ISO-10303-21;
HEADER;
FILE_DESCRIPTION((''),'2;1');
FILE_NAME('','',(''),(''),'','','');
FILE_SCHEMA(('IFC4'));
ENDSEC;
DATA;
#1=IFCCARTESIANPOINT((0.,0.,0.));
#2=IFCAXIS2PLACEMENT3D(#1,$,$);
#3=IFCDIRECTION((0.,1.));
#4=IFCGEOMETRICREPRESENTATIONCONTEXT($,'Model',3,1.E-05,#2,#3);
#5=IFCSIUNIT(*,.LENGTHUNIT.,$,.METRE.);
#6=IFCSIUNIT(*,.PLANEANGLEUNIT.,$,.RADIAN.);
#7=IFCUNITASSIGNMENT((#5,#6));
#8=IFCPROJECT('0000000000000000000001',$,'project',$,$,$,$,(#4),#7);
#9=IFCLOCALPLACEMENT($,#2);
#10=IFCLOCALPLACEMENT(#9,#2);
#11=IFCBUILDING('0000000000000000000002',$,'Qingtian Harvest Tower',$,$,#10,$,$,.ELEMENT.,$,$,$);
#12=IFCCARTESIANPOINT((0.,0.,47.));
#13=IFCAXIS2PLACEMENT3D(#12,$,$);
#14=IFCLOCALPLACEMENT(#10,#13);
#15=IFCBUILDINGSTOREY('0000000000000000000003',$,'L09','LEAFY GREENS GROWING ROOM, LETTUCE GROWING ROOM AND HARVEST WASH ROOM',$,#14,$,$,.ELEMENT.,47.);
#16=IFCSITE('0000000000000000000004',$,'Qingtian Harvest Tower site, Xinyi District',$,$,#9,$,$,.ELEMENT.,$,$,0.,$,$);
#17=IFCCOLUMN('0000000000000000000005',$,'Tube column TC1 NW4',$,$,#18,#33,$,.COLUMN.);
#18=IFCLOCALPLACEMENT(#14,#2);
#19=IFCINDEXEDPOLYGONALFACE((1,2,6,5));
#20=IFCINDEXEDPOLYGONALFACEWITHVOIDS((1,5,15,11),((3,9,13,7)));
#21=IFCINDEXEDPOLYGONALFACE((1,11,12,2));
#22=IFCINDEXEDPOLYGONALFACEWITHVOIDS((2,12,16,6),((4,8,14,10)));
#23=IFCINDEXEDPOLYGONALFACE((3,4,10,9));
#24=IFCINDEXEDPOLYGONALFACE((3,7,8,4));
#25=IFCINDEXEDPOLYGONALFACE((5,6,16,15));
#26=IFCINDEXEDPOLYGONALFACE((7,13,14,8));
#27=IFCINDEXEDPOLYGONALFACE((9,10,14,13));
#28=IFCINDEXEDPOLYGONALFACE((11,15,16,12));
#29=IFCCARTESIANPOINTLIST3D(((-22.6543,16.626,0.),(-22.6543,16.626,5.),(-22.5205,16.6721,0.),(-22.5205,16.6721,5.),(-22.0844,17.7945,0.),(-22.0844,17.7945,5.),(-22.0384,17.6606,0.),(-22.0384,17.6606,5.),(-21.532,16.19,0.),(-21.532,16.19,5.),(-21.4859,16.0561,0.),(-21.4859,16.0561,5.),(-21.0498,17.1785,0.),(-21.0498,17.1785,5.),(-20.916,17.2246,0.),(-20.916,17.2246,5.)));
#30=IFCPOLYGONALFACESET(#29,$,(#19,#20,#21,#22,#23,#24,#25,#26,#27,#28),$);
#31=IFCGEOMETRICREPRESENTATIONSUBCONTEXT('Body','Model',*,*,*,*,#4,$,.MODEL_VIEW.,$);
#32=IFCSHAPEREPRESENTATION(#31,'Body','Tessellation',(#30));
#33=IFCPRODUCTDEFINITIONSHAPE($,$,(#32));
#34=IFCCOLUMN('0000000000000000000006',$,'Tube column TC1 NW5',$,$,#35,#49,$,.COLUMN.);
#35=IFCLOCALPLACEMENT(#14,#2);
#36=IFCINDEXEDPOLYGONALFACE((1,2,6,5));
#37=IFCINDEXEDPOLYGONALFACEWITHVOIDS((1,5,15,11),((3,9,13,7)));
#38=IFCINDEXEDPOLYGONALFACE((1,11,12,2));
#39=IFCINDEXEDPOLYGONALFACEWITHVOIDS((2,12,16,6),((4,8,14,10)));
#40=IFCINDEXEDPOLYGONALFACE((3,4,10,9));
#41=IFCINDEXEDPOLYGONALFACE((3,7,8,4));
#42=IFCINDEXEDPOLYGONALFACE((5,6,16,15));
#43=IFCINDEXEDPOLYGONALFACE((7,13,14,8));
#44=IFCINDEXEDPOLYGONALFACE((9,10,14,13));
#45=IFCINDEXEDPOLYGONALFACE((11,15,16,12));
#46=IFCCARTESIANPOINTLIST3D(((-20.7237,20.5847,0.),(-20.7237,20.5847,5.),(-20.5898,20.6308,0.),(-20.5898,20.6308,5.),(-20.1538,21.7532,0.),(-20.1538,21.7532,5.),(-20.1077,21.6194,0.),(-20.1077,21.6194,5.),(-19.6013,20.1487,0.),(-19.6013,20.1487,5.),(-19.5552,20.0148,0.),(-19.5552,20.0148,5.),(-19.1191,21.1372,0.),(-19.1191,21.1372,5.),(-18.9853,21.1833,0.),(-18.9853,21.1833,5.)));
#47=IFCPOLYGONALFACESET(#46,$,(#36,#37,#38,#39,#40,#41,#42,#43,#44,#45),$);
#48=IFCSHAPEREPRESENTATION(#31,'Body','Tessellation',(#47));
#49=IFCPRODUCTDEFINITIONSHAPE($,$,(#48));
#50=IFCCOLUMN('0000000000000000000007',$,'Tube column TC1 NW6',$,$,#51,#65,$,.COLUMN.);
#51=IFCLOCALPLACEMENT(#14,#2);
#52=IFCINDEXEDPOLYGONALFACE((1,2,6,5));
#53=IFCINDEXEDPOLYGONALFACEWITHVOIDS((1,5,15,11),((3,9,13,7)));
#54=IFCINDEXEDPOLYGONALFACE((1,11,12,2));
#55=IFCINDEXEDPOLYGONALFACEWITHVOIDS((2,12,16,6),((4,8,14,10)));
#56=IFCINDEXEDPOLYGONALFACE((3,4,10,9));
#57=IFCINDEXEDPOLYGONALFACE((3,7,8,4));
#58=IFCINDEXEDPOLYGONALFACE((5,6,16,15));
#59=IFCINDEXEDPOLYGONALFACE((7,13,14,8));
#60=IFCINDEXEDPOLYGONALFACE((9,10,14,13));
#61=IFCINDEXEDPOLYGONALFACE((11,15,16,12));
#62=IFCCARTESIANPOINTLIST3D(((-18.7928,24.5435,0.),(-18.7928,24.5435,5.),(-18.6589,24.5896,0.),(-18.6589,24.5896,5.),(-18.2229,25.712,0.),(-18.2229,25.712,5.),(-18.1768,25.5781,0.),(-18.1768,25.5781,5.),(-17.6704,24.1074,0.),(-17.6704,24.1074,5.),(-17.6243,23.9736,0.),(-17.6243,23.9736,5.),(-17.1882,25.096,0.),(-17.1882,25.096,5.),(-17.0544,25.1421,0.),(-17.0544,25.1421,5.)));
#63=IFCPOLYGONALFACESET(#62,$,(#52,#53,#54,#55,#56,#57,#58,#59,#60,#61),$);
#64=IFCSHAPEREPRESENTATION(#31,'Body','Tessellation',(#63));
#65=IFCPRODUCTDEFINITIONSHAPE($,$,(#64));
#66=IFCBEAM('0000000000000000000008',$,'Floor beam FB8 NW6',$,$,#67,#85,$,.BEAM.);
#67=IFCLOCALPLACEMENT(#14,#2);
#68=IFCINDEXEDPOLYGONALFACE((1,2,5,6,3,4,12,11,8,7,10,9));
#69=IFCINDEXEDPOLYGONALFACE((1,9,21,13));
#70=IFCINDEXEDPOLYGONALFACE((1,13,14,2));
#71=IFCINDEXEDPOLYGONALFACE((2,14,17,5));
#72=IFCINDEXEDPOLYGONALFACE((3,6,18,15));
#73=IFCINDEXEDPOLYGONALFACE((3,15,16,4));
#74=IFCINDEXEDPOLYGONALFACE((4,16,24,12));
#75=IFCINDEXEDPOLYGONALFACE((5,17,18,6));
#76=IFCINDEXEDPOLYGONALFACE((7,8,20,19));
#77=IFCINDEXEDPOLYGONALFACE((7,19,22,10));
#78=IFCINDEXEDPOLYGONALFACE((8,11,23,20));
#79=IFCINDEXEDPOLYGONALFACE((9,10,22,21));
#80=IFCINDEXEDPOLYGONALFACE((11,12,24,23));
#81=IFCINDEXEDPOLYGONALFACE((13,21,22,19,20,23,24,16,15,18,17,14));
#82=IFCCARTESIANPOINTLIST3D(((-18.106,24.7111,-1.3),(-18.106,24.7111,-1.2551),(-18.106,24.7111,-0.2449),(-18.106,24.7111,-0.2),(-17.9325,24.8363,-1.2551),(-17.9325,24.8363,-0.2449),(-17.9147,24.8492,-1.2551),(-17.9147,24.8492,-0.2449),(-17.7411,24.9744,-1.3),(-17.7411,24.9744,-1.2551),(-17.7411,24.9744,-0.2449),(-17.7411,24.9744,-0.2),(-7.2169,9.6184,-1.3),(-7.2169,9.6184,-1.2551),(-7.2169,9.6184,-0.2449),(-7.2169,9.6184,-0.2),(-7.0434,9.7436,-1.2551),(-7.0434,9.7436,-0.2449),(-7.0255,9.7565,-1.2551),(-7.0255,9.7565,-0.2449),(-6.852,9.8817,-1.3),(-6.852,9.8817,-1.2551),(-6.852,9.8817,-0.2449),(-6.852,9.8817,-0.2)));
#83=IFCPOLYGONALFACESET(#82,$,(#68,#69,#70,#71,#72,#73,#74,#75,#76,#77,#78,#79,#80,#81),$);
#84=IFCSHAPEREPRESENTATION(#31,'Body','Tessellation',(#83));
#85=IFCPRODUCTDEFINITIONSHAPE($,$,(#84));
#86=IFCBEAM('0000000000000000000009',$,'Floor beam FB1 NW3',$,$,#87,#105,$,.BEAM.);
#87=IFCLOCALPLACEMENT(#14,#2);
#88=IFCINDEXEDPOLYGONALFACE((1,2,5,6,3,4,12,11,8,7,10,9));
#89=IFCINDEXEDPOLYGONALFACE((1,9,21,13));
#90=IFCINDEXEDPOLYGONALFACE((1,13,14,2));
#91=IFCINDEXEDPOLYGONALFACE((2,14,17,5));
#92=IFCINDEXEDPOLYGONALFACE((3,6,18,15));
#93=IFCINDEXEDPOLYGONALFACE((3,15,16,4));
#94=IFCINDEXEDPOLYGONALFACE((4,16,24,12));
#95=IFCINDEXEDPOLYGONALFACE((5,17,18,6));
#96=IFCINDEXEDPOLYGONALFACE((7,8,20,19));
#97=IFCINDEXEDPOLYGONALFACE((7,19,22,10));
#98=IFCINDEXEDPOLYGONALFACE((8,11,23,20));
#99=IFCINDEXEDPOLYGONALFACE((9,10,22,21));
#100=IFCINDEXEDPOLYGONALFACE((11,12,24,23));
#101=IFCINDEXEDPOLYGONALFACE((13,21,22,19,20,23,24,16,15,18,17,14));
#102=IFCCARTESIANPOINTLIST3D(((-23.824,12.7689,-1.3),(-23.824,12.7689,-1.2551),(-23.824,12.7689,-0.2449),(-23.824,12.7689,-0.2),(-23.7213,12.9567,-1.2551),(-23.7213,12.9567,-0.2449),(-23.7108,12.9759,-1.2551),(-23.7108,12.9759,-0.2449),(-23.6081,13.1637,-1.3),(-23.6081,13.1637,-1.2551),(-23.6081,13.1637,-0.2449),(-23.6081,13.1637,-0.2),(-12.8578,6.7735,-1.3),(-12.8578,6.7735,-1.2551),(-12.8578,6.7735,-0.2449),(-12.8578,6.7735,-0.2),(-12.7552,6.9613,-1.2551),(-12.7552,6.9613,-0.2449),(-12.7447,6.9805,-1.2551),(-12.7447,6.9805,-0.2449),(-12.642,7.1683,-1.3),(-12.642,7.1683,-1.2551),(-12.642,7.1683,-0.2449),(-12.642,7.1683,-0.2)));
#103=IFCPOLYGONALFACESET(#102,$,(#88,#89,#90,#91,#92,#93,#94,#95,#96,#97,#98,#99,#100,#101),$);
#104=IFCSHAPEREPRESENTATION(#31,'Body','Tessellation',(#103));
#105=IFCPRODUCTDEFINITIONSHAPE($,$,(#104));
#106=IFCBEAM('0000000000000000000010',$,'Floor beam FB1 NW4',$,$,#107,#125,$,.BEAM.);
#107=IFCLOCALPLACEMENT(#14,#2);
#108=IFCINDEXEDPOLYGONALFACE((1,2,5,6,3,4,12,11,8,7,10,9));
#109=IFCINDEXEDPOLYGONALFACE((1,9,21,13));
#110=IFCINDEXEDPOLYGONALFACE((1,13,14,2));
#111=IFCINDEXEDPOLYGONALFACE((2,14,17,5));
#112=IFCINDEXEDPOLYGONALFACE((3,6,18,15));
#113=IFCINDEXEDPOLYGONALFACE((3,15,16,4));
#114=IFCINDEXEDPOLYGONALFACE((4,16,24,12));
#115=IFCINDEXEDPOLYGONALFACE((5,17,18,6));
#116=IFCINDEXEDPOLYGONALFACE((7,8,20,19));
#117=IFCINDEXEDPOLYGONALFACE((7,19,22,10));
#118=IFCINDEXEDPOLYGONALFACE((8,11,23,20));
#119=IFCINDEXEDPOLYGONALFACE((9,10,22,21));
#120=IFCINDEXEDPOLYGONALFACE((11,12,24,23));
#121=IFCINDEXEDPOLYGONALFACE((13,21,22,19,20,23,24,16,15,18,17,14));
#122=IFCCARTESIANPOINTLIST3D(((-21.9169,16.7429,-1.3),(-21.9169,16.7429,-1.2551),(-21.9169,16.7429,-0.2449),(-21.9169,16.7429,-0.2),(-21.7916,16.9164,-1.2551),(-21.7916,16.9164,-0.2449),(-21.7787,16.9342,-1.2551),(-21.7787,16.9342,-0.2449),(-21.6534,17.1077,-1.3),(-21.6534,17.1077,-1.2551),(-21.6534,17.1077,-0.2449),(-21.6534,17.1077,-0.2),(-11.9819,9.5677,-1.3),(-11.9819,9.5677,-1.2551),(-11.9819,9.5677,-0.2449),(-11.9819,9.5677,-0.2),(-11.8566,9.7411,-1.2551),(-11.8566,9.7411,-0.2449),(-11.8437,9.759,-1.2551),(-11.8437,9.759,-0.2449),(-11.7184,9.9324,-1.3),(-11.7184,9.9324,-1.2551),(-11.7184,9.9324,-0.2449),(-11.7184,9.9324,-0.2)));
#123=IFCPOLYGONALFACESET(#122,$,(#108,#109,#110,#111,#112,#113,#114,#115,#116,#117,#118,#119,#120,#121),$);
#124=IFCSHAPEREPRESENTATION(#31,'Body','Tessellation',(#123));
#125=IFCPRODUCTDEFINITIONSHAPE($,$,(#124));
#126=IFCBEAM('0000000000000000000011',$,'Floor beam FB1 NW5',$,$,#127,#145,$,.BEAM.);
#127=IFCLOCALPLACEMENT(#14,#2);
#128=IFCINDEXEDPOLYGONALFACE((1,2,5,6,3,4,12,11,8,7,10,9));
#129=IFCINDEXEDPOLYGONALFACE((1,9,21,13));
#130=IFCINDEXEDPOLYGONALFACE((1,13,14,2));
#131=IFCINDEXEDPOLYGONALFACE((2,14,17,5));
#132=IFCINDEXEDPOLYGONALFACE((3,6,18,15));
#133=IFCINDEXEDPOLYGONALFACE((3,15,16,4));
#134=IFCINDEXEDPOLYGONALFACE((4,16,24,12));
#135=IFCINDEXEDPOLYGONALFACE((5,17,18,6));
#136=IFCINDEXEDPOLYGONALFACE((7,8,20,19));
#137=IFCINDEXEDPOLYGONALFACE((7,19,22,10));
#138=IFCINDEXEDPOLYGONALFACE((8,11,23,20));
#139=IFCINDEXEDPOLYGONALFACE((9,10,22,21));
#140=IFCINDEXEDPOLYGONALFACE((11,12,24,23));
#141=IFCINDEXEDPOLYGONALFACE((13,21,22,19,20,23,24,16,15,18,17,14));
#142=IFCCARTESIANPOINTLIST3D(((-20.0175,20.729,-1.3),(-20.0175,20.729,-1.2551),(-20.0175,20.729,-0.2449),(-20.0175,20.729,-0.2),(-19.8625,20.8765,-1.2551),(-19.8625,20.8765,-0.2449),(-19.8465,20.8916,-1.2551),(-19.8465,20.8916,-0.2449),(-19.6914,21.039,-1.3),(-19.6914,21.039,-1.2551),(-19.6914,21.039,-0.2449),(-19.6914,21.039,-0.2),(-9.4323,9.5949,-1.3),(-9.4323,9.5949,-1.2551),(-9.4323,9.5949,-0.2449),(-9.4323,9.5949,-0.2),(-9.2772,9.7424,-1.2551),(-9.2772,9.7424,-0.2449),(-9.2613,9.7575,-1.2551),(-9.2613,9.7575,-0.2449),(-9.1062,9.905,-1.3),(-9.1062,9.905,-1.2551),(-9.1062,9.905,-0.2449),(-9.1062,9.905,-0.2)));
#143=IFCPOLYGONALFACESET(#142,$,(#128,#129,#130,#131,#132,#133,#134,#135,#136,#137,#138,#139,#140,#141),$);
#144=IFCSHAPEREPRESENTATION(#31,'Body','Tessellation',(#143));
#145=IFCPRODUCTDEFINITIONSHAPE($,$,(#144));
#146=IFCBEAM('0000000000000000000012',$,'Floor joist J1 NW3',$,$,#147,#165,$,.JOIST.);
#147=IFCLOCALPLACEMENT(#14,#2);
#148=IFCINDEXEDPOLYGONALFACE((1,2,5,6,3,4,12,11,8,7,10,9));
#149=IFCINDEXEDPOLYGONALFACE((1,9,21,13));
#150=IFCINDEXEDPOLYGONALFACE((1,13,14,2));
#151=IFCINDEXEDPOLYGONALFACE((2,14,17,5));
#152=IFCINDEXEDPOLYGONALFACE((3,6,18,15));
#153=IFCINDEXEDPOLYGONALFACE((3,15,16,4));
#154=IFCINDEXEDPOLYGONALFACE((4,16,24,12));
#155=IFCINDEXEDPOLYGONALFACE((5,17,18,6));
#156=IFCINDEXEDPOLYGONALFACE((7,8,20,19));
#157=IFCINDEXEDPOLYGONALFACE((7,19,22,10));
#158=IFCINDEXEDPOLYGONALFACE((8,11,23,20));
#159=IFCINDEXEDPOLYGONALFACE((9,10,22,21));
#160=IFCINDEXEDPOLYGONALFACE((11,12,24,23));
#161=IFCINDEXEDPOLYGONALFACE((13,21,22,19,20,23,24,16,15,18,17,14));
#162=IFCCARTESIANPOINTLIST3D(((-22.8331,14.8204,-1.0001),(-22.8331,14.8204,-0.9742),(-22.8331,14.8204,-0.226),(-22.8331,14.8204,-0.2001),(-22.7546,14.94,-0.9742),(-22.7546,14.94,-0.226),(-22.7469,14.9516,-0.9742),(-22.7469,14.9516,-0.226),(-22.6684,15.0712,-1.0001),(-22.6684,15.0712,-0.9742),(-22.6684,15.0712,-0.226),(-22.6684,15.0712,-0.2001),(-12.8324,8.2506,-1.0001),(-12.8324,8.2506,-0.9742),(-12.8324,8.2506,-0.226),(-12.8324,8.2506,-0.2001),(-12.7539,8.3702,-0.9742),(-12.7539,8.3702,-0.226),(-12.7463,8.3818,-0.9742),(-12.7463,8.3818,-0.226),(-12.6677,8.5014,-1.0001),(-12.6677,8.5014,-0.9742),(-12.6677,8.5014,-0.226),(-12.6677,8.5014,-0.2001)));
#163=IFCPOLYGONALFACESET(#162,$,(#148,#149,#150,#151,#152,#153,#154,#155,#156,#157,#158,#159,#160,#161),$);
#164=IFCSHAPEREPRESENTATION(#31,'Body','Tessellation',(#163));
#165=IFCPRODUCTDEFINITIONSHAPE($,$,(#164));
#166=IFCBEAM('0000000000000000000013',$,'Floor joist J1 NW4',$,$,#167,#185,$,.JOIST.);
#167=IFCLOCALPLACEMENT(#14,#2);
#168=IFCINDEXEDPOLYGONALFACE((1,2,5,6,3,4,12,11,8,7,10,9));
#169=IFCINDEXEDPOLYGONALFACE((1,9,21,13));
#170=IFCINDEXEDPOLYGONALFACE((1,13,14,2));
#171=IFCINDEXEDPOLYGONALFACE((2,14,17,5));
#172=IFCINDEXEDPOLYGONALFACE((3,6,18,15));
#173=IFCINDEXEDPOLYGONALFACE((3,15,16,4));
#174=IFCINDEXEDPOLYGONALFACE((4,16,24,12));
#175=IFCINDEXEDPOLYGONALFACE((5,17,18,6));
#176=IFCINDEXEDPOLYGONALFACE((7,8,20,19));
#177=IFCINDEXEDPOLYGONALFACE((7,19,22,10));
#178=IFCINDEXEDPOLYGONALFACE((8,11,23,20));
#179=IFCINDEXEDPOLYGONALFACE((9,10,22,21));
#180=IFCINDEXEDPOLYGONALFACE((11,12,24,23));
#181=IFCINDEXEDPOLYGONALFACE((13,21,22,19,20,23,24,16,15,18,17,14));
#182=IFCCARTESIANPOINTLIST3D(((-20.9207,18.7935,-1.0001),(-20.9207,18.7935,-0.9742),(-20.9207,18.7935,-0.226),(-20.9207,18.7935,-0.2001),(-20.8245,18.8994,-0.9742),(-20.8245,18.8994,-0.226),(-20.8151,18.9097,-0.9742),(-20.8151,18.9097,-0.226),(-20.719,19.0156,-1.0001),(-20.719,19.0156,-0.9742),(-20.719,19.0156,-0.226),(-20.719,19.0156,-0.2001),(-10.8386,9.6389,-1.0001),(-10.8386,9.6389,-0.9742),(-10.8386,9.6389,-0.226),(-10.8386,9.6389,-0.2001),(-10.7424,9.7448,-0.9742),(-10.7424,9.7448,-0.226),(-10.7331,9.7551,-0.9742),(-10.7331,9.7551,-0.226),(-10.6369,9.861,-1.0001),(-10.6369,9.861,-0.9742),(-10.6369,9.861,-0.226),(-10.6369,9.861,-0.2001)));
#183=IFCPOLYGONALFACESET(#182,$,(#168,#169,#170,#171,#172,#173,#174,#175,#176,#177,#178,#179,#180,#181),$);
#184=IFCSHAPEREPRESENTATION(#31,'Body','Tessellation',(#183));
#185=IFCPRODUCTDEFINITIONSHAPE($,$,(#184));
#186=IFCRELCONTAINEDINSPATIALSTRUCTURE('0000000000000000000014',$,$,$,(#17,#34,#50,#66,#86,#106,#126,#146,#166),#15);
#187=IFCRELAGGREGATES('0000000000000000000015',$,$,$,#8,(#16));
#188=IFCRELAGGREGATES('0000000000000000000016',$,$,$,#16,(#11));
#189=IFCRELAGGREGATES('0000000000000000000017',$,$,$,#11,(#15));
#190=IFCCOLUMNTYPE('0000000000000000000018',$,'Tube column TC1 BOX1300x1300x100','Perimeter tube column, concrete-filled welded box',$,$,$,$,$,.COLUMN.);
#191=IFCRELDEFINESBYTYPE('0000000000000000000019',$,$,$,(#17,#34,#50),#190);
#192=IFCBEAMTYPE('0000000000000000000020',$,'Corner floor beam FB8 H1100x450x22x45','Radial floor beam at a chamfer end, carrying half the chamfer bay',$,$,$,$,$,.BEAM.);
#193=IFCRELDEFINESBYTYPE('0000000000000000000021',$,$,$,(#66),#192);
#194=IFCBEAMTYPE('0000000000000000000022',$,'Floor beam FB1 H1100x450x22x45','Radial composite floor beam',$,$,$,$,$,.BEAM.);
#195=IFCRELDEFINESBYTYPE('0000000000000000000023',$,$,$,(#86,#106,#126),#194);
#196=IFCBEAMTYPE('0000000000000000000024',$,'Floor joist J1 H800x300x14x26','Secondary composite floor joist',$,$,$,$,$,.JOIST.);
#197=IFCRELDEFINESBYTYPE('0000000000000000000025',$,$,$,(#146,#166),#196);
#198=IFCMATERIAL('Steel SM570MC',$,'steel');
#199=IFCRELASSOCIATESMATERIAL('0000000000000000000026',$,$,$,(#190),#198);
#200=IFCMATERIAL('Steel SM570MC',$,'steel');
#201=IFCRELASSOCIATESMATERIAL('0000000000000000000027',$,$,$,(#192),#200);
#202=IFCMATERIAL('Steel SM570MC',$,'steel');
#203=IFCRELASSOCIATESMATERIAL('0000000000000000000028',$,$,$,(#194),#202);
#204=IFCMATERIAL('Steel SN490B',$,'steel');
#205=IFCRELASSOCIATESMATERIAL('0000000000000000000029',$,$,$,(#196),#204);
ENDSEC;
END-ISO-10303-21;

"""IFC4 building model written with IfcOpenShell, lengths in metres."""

from ifc_helpers import new_model, si_unit, direction, frame, origin, origin_2d, place, context, subcontext, project, spatial, hollow_rectangle, i_section, extrude, material, material_profile, profile_set, type_object, element, save


model = new_model("IFC4")

# Units and contexts
model_context = context("Model", 3, precision=1e-05, world=origin(), true_north=direction((0.0, 1.0)))
body_context = subcontext(model_context, "Body", "Model", "MODEL_VIEW")
ifc_project = project(units=[si_unit("LENGTHUNIT", "METRE"), si_unit("PLANEANGLEUNIT", "RADIAN")], contexts=[model_context])

# Site, building, storey
site_placement = place(None, origin())
site = spatial("IfcSite", under=ifc_project, at=site_placement, Name="Qingtian Harvest Tower site, Xinyi District", CompositionType="ELEMENT", RefElevation=0.0)
building_placement = place(site_placement, origin())
building = spatial("IfcBuilding", under=site, at=building_placement, Name="Qingtian Harvest Tower", CompositionType="ELEMENT")
storey_placement = place(building_placement, frame((0.0, 0.0, 47.0)))
storey = spatial("IfcBuildingStorey", under=building, at=storey_placement, Name="L09", Description="LEAFY GREENS GROWING ROOM, LETTUCE GROWING ROOM AND HARVEST WASH ROOM", CompositionType="ELEMENT", Elevation=47.0)

# Columns
ifc_material_1 = material(Name="Steel SM570MC", Category="steel")
ifc_material_profile_1 = material_profile(ifc_material_1, hollow_rectangle(XDim=1.3, YDim=1.3, WallThickness=0.1001, at=origin_2d()), Name="BOX1300x1300x100")
ifc_profile_set_1 = profile_set([ifc_material_profile_1], Name="Steel SM570MC")
column_type = type_object("IfcColumnType", Name="Tube column TC1 BOX1300x1300x100", Description="Perimeter tube column, concrete-filled welded box", PredefinedType="COLUMN", material=ifc_profile_set_1)
for number, where, z_axis, x_axis, name in (
    (1, (-21.7852, 16.9253, 0.0), (0.0, 0.0, 1.0), (-0.438371, -0.898794, 0.0), "Tube column TC1 NW4"),
    (2, (-19.8545, 20.884, 0.0), (0.0, 0.0, 1.0), (-0.438371, -0.898794, 0.0), "Tube column TC1 NW5"),
    (3, (-17.9236, 24.8428, 0.0), (0.0, 0.0, 1.0), (-0.438371, -0.898794, 0.0), "Tube column TC1 NW6"),
):
    element("IfcColumn", number, at=place(storey_placement, frame(where, z_axis=z_axis, x_axis=x_axis)), inside=storey, type_object=column_type, Name=name, PredefinedType="COLUMN", context=body_context, shape_type="SweptSolid", body=[
        extrude(hollow_rectangle(XDim=1.3, YDim=1.3, WallThickness=0.1001, at=origin_2d()), origin(), (0.0, 0.0, 1.0), 5.0),
    ])

# Beams
ifc_material_2 = material(Name="Steel SM570MC", Category="steel")
ifc_material_profile_2 = material_profile(ifc_material_2, i_section(OverallWidth=0.45, OverallDepth=1.1001, WebThickness=0.022, FlangeThickness=0.0449, at=origin_2d()), Name="H1100x450x22x45")
ifc_profile_set_2 = profile_set([ifc_material_profile_2], Name="Steel SM570MC")
beam_type_1 = type_object("IfcBeamType", Name="Corner floor beam FB8 H1100x450x22x45", Description="Radial floor beam at a chamfer end, carrying half the chamfer bay", PredefinedType="BEAM", material=ifc_profile_set_2)
beam_1_placement = place(storey_placement, frame((-17.9236, 24.8428, -0.75), z_axis=(0.585096, -0.810964, 0.0), x_axis=(0.810964, 0.585096, 0.0)))
element("IfcBeam", 4, at=beam_1_placement, inside=storey, type_object=beam_type_1, Name="Floor beam FB8 NW6", PredefinedType="BEAM", context=body_context, shape_type="SweptSolid", body=[
    extrude(i_section(OverallWidth=0.45, OverallDepth=1.1001, WebThickness=0.022, FlangeThickness=0.0449, at=origin_2d()), origin(), (0.0, 0.0, 1.0), 18.6108),
])
ifc_material_3 = material(Name="Steel SM570MC", Category="steel")
ifc_material_profile_3 = material_profile(ifc_material_3, i_section(OverallWidth=0.45, OverallDepth=1.1001, WebThickness=0.022, FlangeThickness=0.0449, at=origin_2d()), Name="H1100x450x22x45")
ifc_profile_set_3 = profile_set([ifc_material_profile_3], Name="Steel SM570MC")
beam_type_2 = type_object("IfcBeamType", Name="Floor beam FB1 H1100x450x22x45", Description="Radial composite floor beam", PredefinedType="BEAM", material=ifc_profile_set_3)
beam_2_placement = place(storey_placement, frame((-23.7161, 12.9663, -0.75), z_axis=(0.877429, -0.479707, 0.0), x_axis=(0.479707, 0.877429, 0.0)))
element("IfcBeam", 5, at=beam_2_placement, inside=storey, type_object=beam_type_2, Name="Floor beam FB1 NW3", PredefinedType="BEAM", context=body_context, shape_type="SweptSolid", body=[
    extrude(i_section(OverallWidth=0.45, OverallDepth=1.1001, WebThickness=0.022, FlangeThickness=0.0449, at=origin_2d()), origin(), (0.0, 0.0, 1.0), 12.498),
])
beam_3_placement = place(storey_placement, frame((-21.7852, 16.9253, -0.75), z_axis=(0.81068, -0.585489, 0.0), x_axis=(0.585489, 0.81068, 0.0)))
element("IfcBeam", 6, at=beam_3_placement, inside=storey, type_object=beam_type_2, Name="Floor beam FB1 NW4", PredefinedType="BEAM", context=body_context, shape_type="SweptSolid", body=[
    extrude(i_section(OverallWidth=0.45, OverallDepth=1.1001, WebThickness=0.022, FlangeThickness=0.0449, at=origin_2d()), origin(), (0.0, 0.0, 1.0), 12.2551),
])
beam_4_placement = place(storey_placement, frame((-19.8545, 20.884, -0.75), z_axis=(0.689019, -0.724743, 0.0), x_axis=(0.724743, 0.689019, 0.0)))
element("IfcBeam", 7, at=beam_4_placement, inside=storey, type_object=beam_type_2, Name="Floor beam FB1 NW5", PredefinedType="BEAM", context=body_context, shape_type="SweptSolid", body=[
    extrude(i_section(OverallWidth=0.45, OverallDepth=1.1001, WebThickness=0.022, FlangeThickness=0.0449, at=origin_2d()), origin(), (0.0, 0.0, 1.0), 15.3628),
])
ifc_material_4 = material(Name="Steel SN490B", Category="steel")
ifc_material_profile_4 = material_profile(ifc_material_4, i_section(OverallWidth=0.3, OverallDepth=0.8, WebThickness=0.0139, FlangeThickness=0.0259, at=origin_2d()), Name="H800x300x14x26")
ifc_profile_set_4 = profile_set([ifc_material_profile_4], Name="Steel SN490B")
beam_type_3 = type_object("IfcBeamType", Name="Floor joist J1 H800x300x14x26", Description="Secondary composite floor joist", PredefinedType="JOIST", material=ifc_profile_set_4)
beam_5_placement = place(storey_placement, frame((-22.7507, 14.9458, -0.6001), z_axis=(0.835785, -0.549056, 0.0), x_axis=(0.549056, 0.835785, 0.0)))
element("IfcBeam", 8, at=beam_5_placement, inside=storey, type_object=beam_type_3, Name="Floor joist J1 NW3", PredefinedType="JOIST", context=body_context, shape_type="SweptSolid", body=[
    extrude(i_section(OverallWidth=0.3, OverallDepth=0.8, WebThickness=0.0139, FlangeThickness=0.0259, at=origin_2d()), origin(), (0.0, 0.0, 1.0), 11.9656),
])
beam_6_placement = place(storey_placement, frame((-20.8198, 18.9045, -0.6001), z_axis=(0.74034, -0.672233, 0.0), x_axis=(0.672233, 0.74034, 0.0)))
element("IfcBeam", 9, at=beam_6_placement, inside=storey, type_object=beam_type_3, Name="Floor joist J1 NW4", PredefinedType="JOIST", context=body_context, shape_type="SweptSolid", body=[
    extrude(i_section(OverallWidth=0.3, OverallDepth=0.8, WebThickness=0.0139, FlangeThickness=0.0259, at=origin_2d()), origin(), (0.0, 0.0, 1.0), 13.6182),
])

save(model, "model.ifc")
